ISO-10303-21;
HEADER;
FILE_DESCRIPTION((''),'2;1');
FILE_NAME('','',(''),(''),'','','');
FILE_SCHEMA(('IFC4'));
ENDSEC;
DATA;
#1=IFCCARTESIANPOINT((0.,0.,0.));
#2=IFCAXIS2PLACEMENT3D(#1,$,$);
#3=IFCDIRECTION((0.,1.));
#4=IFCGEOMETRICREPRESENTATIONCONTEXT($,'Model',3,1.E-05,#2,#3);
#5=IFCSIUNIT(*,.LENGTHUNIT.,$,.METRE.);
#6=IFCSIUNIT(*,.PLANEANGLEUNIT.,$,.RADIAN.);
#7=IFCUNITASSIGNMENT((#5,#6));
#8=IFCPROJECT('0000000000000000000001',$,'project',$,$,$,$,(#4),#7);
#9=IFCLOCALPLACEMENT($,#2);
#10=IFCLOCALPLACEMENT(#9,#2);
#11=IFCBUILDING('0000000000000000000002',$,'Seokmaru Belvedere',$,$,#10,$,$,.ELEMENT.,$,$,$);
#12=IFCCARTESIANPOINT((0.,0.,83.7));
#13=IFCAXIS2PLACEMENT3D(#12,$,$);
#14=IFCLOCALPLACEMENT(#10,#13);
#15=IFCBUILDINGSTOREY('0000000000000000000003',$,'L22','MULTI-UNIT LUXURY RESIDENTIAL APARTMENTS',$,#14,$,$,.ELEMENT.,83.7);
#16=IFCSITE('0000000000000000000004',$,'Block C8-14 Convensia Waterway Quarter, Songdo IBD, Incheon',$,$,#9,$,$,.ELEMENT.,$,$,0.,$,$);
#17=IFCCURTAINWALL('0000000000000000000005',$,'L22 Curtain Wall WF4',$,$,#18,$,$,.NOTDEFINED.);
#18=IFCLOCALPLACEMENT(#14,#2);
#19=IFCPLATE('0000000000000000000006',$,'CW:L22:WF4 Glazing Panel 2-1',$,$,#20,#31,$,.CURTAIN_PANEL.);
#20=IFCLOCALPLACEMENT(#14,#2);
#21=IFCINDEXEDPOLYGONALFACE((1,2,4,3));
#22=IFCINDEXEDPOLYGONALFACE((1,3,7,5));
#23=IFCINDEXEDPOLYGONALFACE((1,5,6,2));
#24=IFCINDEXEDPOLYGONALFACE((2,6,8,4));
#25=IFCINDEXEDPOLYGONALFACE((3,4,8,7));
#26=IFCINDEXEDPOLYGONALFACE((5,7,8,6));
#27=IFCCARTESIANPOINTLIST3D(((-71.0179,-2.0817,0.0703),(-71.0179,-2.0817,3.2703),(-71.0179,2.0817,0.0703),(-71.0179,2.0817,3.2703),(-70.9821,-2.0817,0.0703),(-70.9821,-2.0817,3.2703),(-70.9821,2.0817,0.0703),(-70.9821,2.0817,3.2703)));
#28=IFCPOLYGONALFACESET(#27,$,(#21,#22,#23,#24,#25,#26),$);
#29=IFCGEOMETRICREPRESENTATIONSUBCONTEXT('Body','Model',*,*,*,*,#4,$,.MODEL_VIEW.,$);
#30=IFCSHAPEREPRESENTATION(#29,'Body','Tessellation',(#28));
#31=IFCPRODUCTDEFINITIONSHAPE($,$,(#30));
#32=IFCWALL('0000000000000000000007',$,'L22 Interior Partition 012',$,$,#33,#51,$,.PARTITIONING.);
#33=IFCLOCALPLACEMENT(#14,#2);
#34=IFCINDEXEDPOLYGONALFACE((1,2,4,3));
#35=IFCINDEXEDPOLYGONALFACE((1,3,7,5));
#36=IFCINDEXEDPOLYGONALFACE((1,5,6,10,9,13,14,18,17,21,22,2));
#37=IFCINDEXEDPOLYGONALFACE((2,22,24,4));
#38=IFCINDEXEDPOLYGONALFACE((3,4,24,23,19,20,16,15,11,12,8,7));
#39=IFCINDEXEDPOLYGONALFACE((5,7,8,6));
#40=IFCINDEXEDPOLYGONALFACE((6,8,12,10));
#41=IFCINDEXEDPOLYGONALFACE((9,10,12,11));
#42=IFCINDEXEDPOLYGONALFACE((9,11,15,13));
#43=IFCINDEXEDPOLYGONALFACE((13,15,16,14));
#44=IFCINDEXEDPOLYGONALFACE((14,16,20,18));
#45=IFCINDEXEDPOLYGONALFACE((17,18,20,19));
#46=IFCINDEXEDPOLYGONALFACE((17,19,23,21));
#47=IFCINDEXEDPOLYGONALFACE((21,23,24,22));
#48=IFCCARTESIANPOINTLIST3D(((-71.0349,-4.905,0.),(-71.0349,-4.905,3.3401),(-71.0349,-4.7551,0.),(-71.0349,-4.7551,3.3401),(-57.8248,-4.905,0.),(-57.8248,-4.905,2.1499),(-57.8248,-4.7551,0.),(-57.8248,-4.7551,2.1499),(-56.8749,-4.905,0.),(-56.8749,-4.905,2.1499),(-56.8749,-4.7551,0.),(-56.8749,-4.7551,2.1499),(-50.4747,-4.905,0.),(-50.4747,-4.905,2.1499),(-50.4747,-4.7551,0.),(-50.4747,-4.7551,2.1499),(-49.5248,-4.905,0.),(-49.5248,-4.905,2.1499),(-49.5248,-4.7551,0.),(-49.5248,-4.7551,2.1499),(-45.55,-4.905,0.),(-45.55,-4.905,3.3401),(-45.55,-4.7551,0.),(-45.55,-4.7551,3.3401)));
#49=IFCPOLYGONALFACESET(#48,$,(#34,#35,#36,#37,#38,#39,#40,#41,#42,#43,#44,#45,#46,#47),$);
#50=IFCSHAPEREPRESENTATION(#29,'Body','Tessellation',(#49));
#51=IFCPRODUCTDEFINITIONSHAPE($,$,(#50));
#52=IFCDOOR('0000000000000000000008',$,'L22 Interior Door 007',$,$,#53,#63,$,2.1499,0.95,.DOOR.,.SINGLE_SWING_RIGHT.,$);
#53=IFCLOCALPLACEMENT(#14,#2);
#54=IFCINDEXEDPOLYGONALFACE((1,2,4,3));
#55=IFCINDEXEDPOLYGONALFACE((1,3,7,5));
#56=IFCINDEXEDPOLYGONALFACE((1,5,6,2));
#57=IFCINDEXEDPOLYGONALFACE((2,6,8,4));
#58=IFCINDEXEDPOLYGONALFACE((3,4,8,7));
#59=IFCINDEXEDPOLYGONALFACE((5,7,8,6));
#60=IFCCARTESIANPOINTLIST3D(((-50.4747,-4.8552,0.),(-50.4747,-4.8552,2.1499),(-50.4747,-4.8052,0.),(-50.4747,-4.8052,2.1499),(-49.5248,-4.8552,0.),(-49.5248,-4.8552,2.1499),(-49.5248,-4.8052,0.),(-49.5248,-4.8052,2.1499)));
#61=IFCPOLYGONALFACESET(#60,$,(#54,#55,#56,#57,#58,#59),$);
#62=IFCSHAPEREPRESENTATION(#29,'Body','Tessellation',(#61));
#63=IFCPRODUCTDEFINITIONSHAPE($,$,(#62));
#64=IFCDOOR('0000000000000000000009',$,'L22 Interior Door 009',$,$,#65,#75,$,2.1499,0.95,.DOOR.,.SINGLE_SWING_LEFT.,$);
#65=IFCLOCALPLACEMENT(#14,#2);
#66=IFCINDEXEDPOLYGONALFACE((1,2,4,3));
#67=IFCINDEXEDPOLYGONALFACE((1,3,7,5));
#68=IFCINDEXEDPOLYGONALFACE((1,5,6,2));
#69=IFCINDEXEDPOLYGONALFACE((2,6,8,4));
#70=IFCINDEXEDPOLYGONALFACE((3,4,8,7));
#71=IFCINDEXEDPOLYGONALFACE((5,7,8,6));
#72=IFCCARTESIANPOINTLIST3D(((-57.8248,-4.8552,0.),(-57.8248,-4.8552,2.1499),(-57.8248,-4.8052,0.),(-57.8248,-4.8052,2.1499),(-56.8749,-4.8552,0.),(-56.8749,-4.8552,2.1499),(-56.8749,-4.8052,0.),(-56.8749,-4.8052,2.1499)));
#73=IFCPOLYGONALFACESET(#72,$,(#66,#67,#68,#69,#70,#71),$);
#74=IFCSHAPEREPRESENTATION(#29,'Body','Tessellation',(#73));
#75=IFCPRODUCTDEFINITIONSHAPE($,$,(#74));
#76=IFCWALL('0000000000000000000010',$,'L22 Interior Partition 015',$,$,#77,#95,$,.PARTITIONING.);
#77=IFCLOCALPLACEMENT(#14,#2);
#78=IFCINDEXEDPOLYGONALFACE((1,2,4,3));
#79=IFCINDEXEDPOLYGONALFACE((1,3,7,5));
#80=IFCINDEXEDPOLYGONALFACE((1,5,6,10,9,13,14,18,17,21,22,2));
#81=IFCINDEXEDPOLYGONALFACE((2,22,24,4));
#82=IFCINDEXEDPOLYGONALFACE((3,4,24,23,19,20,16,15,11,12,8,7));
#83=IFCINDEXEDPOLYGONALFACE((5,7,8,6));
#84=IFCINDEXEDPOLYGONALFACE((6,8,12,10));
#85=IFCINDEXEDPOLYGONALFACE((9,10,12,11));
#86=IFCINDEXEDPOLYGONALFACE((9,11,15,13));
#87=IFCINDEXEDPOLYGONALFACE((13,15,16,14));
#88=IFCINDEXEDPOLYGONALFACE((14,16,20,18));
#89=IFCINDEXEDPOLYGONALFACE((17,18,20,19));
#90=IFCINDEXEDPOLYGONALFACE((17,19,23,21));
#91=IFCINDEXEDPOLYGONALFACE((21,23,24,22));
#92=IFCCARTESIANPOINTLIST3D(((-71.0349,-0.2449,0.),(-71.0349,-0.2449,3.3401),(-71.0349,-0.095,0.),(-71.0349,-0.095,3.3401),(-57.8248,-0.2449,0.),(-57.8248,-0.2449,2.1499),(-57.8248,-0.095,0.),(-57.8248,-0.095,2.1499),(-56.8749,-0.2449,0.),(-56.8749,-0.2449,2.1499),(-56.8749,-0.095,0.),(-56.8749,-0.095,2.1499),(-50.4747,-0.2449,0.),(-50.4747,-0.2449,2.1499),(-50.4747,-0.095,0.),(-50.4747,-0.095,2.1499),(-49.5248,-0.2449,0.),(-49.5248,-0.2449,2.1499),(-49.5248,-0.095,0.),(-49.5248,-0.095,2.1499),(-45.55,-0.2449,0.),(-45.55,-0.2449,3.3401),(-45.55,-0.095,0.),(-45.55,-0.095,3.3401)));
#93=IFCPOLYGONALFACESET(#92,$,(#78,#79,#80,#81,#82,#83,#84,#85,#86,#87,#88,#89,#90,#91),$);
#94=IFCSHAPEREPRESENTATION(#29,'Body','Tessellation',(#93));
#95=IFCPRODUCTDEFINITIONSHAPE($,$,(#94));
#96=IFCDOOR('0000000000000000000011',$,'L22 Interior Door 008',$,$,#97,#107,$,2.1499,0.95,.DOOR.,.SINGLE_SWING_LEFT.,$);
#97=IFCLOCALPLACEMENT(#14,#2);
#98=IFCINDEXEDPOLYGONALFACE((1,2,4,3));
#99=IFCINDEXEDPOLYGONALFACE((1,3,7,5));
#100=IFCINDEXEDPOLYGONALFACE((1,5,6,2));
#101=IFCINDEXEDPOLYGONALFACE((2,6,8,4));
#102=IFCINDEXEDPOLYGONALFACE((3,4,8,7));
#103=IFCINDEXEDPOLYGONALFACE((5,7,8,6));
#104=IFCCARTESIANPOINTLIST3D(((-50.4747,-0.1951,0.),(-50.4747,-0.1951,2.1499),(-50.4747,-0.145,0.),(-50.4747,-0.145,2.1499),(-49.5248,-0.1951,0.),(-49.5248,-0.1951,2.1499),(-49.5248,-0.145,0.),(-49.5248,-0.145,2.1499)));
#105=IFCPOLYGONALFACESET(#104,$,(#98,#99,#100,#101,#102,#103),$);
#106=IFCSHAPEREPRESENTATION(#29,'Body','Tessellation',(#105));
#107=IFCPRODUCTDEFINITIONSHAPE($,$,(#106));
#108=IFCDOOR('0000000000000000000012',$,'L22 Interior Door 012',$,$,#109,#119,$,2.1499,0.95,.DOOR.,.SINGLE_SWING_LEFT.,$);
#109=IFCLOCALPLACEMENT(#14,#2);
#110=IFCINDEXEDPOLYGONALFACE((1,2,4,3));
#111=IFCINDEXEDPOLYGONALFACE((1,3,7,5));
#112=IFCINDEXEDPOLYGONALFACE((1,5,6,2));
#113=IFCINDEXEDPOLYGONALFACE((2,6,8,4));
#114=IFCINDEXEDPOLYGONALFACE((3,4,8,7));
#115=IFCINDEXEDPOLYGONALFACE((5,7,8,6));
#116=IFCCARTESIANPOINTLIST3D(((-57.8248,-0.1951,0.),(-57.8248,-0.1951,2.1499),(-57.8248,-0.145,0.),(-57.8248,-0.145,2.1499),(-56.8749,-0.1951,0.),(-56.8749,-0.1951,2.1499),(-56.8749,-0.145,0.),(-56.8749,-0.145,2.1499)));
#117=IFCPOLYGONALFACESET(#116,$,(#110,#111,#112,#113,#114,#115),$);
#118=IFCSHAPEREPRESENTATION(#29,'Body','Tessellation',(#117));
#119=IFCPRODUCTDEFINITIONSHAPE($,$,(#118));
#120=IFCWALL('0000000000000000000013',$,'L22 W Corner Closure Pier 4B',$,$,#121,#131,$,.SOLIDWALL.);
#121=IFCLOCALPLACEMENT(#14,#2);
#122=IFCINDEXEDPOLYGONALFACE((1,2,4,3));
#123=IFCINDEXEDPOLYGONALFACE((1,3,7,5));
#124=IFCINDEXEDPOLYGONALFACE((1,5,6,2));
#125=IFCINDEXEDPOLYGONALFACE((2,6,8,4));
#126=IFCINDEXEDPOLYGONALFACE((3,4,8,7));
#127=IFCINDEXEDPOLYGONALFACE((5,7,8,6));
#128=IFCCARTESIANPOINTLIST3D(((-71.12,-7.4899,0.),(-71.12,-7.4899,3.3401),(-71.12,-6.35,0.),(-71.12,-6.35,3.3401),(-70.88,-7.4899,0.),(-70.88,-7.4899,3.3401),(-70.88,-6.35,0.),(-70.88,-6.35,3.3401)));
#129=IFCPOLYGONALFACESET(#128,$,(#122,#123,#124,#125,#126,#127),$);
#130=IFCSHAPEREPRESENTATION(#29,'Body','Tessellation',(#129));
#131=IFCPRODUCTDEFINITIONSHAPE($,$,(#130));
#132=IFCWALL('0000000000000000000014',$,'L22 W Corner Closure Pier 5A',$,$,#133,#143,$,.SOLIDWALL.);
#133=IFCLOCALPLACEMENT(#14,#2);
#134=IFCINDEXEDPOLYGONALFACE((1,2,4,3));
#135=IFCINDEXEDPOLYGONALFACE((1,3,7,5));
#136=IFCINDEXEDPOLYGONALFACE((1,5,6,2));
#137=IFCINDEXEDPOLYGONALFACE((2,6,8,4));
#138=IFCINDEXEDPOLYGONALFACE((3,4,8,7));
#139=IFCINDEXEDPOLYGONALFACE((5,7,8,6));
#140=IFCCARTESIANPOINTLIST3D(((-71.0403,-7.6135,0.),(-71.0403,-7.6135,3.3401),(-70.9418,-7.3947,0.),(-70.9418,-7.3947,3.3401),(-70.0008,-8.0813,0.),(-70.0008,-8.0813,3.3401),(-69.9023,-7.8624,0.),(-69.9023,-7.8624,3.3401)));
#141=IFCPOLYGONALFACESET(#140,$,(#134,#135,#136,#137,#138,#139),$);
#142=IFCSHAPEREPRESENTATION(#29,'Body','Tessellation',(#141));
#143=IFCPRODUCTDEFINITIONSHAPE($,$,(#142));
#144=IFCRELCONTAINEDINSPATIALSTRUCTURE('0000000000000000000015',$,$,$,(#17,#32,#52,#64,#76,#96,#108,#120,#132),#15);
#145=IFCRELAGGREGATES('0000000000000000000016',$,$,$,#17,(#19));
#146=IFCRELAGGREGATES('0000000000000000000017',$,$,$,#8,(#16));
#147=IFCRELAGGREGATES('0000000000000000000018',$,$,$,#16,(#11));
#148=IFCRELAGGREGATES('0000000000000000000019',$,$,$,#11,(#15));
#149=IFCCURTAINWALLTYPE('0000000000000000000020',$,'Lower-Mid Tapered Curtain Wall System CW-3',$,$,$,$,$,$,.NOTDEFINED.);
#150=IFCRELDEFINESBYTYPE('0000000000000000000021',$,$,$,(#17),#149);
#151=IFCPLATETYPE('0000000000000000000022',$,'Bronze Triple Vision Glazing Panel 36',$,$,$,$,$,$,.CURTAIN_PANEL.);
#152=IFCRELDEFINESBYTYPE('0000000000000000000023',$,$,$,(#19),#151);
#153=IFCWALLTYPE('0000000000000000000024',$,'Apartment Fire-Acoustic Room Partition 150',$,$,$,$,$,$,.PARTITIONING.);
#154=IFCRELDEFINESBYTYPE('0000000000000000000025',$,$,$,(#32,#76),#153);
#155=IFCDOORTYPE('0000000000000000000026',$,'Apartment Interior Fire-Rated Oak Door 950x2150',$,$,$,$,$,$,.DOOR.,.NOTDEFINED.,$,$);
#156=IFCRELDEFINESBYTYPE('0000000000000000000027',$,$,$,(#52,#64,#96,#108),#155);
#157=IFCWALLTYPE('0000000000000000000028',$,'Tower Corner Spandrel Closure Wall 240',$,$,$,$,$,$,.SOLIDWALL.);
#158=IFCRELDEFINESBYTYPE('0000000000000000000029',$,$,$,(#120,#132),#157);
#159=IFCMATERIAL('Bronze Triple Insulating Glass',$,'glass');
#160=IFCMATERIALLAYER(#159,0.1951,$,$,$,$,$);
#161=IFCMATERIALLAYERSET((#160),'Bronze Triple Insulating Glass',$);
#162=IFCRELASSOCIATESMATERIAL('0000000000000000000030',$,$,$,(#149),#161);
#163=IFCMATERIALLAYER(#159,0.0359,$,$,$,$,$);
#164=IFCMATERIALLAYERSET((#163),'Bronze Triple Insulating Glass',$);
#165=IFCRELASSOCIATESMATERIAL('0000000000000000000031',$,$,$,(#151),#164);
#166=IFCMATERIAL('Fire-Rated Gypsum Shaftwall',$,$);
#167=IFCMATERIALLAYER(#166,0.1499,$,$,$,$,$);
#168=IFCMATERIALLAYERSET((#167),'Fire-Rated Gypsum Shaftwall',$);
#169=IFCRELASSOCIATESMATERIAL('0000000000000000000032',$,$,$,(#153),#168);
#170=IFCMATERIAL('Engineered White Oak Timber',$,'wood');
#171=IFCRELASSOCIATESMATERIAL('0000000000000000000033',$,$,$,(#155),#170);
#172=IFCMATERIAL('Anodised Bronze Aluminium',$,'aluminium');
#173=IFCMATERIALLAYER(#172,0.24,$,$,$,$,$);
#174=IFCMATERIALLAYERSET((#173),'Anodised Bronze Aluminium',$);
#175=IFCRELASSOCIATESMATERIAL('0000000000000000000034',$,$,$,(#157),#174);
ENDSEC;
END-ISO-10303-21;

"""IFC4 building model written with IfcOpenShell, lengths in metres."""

from ifc_helpers import new_model, si_unit, direction, frame, frame_2d, origin, origin_2d, place, context, subcontext, project, spatial, rectangle, extrude, source, transform, mapped, material, layer, layer_set, type_object, type_shapes, element, fill, aggregate, save


model = new_model("IFC4")

# Units and contexts
model_context = context("Model", 3, precision=1e-05, world=origin(), true_north=direction((0.0, 1.0)))
body_context = subcontext(model_context, "Body", "Model", "MODEL_VIEW")
ifc_project = project(units=[si_unit("LENGTHUNIT", "METRE"), si_unit("PLANEANGLEUNIT", "RADIAN")], contexts=[model_context])

# Site, building, storey
site_placement = place(None, origin())
site = spatial("IfcSite", under=ifc_project, at=site_placement, Name="Block C8-14 Convensia Waterway Quarter, Songdo IBD, Incheon", CompositionType="ELEMENT", RefElevation=0.0)
building_placement = place(site_placement, origin())
building = spatial("IfcBuilding", under=site, at=building_placement, Name="Seokmaru Belvedere", CompositionType="ELEMENT")
storey_placement = place(building_placement, frame((0.0, 0.0, 83.7)))
storey = spatial("IfcBuildingStorey", under=building, at=storey_placement, Name="L22", Description="MULTI-UNIT LUXURY RESIDENTIAL APARTMENTS", CompositionType="ELEMENT", Elevation=83.7)

# Shared definitions
ifc_material_1 = material(Name="Bronze Triple Insulating Glass", Category="glass")
ifc_layer_1 = layer(ifc_material_1, 0.1951)
ifc_layer_set_1 = layer_set([ifc_layer_1], Name="Bronze Triple Insulating Glass")
curtain_wall_type = type_object("IfcCurtainWallType", Name="Lower-Mid Tapered Curtain Wall System CW-3", PredefinedType="NOTDEFINED", material=ifc_layer_set_1)
ifc_material_2 = material(Name="Anodised Bronze Aluminium", Category="aluminium")

# Curtain wall
curtain_wall_1_placement = place(storey_placement, origin())
curtain_wall_1 = element("IfcCurtainWall", 1, at=curtain_wall_1_placement, inside=storey, type_object=curtain_wall_type, Name="L22 Curtain Wall WF4", PredefinedType="NOTDEFINED")

# Plate
ifc_layer_2 = layer(ifc_material_1, 0.0359)
ifc_layer_set_2 = layer_set([ifc_layer_2], Name="Bronze Triple Insulating Glass")
plate_type = type_object("IfcPlateType", Name="Bronze Triple Vision Glazing Panel 36", PredefinedType="CURTAIN_PANEL", material=ifc_layer_set_2)
shared_shape_1 = source(origin(), body_context, "Body", "SweptSolid", [
    extrude(rectangle(XDim=4.1633, YDim=0.0359, at=origin_2d()), origin(), (0.0, 0.0, 1.0), 3.2),
])
plate_1_placement = place(storey_placement, frame((-71.0, 0.0, 0.0703), z_axis=(0.0, 0.0, 1.0), x_axis=(0.0, -1.0, 0.0)))
plate_1 = element("IfcPlate", 2, at=plate_1_placement, type_object=plate_type, Name="CW:L22:WF4 Glazing Panel 2-1", PredefinedType="CURTAIN_PANEL", context=body_context, shape_type="MappedRepresentation", body=[
    mapped(shared_shape_1, transform((0.0, 0.0, 0.0), scale=1.0)),
])
aggregate(curtain_wall_1, [plate_1])

# Walls, openings, doors
ifc_material_3 = material(Name="Fire-Rated Gypsum Shaftwall")
ifc_layer_3 = layer(ifc_material_3, 0.1499)
ifc_layer_set_3 = layer_set([ifc_layer_3], Name="Fire-Rated Gypsum Shaftwall")
wall_type_1 = type_object("IfcWallType", Name="Apartment Fire-Acoustic Room Partition 150", PredefinedType="PARTITIONING", material=ifc_layer_set_3)
wall_1_placement = place(storey_placement, frame((-71.0349, -4.8301, 0.0), z_axis=(0.0, 0.0, 1.0), x_axis=(1.0, 0.0, 0.0)))
wall_1 = element("IfcWall", 3, at=wall_1_placement, inside=storey, type_object=wall_type_1, Name="L22 Interior Partition 012", PredefinedType="PARTITIONING", context=body_context, shape_type="SweptSolid", body=[
    extrude(rectangle(XDim=25.4849, YDim=0.1499, at=frame_2d((12.7424, 0.0))), origin(), (0.0, 0.0, 1.0), 3.3401),
])
opening_1_placement = place(wall_1_placement, frame((20.5601, 0.0, 0.0)))
opening_1 = element("IfcOpeningElement", 4, at=opening_1_placement, cuts=wall_1, PredefinedType="OPENING", context=body_context, shape_type="SweptSolid", body=[
    extrude(rectangle(XDim=0.95, YDim=2.1499, at=frame_2d((0.4751, 1.075))), frame((0.0, 0.085, 0.0), z_axis=(0.0, -1.0, 0.0), x_axis=(1.0, 0.0, 0.0)), (0.0, 0.0, 1.0), 0.1699),
])
opening_2_placement = place(wall_1_placement, frame((13.21, 0.0, 0.0)))
opening_2 = element("IfcOpeningElement", 5, at=opening_2_placement, cuts=wall_1, PredefinedType="OPENING", context=body_context, shape_type="SweptSolid", body=[
    extrude(rectangle(XDim=0.95, YDim=2.1499, at=frame_2d((0.4751, 1.075))), frame((0.0, 0.085, 0.0), z_axis=(0.0, -1.0, 0.0), x_axis=(1.0, 0.0, 0.0)), (0.0, 0.0, 1.0), 0.1699),
])
ifc_material_4 = material(Name="Engineered White Oak Timber", Category="wood")
door_type = type_object("IfcDoorType", Name="Apartment Interior Fire-Rated Oak Door 950x2150", OperationType="NOTDEFINED", PredefinedType="DOOR", material=ifc_material_4)
shared_shape_2 = source(origin(), body_context, "Body", "SweptSolid", [
    extrude(rectangle(XDim=0.95, YDim=2.1499, at=frame_2d((0.4751, 1.075))), frame((0.0, 0.0249, 0.0), z_axis=(0.0, -1.0, 0.0), x_axis=(1.0, 0.0, 0.0)), (0.0, 0.0, 1.0), 0.05),
])
type_shapes(door_type, [shared_shape_2])
door_1_placement = place(opening_1_placement, origin())
door_1 = element("IfcDoor", 6, at=door_1_placement, inside=storey, type_object=door_type, Name="L22 Interior Door 007", OperationType="SINGLE_SWING_RIGHT", OverallHeight=2.1499, OverallWidth=0.95, PredefinedType="DOOR", context=body_context, shape_type="MappedRepresentation", body=[
    mapped(shared_shape_2, transform((0.0, 0.0, 0.0), scale=1.0)),
])
fill(opening_1, door_1)
door_2_placement = place(opening_2_placement, origin())
door_2 = element("IfcDoor", 7, at=door_2_placement, inside=storey, type_object=door_type, Name="L22 Interior Door 009", OperationType="SINGLE_SWING_LEFT", OverallHeight=2.1499, OverallWidth=0.95, PredefinedType="DOOR", context=body_context, shape_type="MappedRepresentation", body=[
    mapped(shared_shape_2, transform((0.0, 0.0, 0.0), scale=1.0)),
])
fill(opening_2, door_2)
wall_2_placement = place(storey_placement, frame((-71.0349, -0.1699, 0.0), z_axis=(0.0, 0.0, 1.0), x_axis=(1.0, 0.0, 0.0)))
wall_2 = element("IfcWall", 8, at=wall_2_placement, inside=storey, type_object=wall_type_1, Name="L22 Interior Partition 015", PredefinedType="PARTITIONING", context=body_context, shape_type="SweptSolid", body=[
    extrude(rectangle(XDim=25.4849, YDim=0.1499, at=frame_2d((12.7424, 0.0))), origin(), (0.0, 0.0, 1.0), 3.3401),
])
opening_3_placement = place(wall_2_placement, frame((20.5601, 0.0, 0.0)))
opening_3 = element("IfcOpeningElement", 9, at=opening_3_placement, cuts=wall_2, PredefinedType="OPENING", context=body_context, shape_type="SweptSolid", body=[
    extrude(rectangle(XDim=0.95, YDim=2.1499, at=frame_2d((0.4751, 1.075))), frame((0.0, 0.085, 0.0), z_axis=(0.0, -1.0, 0.0), x_axis=(1.0, 0.0, 0.0)), (0.0, 0.0, 1.0), 0.1699),
])
opening_4_placement = place(wall_2_placement, frame((13.21, 0.0, 0.0)))
opening_4 = element("IfcOpeningElement", 10, at=opening_4_placement, cuts=wall_2, PredefinedType="OPENING", context=body_context, shape_type="SweptSolid", body=[
    extrude(rectangle(XDim=0.95, YDim=2.1499, at=frame_2d((0.4751, 1.075))), frame((0.0, 0.085, 0.0), z_axis=(0.0, -1.0, 0.0), x_axis=(1.0, 0.0, 0.0)), (0.0, 0.0, 1.0), 0.1699),
])
door_3_placement = place(opening_3_placement, origin())
door_3 = element("IfcDoor", 11, at=door_3_placement, inside=storey, type_object=door_type, Name="L22 Interior Door 008", OperationType="SINGLE_SWING_LEFT", OverallHeight=2.1499, OverallWidth=0.95, PredefinedType="DOOR", context=body_context, shape_type="MappedRepresentation", body=[
    mapped(shared_shape_2, transform((0.0, 0.0, 0.0), scale=1.0)),
])
fill(opening_3, door_3)
door_4_placement = place(opening_4_placement, origin())
door_4 = element("IfcDoor", 12, at=door_4_placement, inside=storey, type_object=door_type, Name="L22 Interior Door 012", OperationType="SINGLE_SWING_LEFT", OverallHeight=2.1499, OverallWidth=0.95, PredefinedType="DOOR", context=body_context, shape_type="MappedRepresentation", body=[
    mapped(shared_shape_2, transform((0.0, 0.0, 0.0), scale=1.0)),
])
fill(opening_4, door_4)

# Walls
ifc_layer_4 = layer(ifc_material_2, 0.24)
ifc_layer_set_4 = layer_set([ifc_layer_4], Name="Anodised Bronze Aluminium")
wall_type_2 = type_object("IfcWallType", Name="Tower Corner Spandrel Closure Wall 240", PredefinedType="SOLIDWALL", material=ifc_layer_set_4)
for number, where, z_axis, x_axis, name in (
    (13, (-71.0, -6.3501, 0.0), (0.0, 0.0, 1.0), (0.0, -1.0, 0.0), "L22 W Corner Closure Pier 4B"),
    (14, (-70.991, -7.5042, 0.0), (0.0, 0.0, 1.0), (0.91193, -0.410347, 0.0), "L22 W Corner Closure Pier 5A"),
):
    element("IfcWall", number, at=place(storey_placement, frame(where, z_axis=z_axis, x_axis=x_axis)), inside=storey, type_object=wall_type_2, Name=name, PredefinedType="SOLIDWALL", context=body_context, shape_type="SweptSolid", body=[
        extrude(rectangle(XDim=1.1399, YDim=0.24, at=frame_2d((0.5698, 0.0))), origin(), (0.0, 0.0, 1.0), 3.3401),
    ])

save(model, "model.ifc")
